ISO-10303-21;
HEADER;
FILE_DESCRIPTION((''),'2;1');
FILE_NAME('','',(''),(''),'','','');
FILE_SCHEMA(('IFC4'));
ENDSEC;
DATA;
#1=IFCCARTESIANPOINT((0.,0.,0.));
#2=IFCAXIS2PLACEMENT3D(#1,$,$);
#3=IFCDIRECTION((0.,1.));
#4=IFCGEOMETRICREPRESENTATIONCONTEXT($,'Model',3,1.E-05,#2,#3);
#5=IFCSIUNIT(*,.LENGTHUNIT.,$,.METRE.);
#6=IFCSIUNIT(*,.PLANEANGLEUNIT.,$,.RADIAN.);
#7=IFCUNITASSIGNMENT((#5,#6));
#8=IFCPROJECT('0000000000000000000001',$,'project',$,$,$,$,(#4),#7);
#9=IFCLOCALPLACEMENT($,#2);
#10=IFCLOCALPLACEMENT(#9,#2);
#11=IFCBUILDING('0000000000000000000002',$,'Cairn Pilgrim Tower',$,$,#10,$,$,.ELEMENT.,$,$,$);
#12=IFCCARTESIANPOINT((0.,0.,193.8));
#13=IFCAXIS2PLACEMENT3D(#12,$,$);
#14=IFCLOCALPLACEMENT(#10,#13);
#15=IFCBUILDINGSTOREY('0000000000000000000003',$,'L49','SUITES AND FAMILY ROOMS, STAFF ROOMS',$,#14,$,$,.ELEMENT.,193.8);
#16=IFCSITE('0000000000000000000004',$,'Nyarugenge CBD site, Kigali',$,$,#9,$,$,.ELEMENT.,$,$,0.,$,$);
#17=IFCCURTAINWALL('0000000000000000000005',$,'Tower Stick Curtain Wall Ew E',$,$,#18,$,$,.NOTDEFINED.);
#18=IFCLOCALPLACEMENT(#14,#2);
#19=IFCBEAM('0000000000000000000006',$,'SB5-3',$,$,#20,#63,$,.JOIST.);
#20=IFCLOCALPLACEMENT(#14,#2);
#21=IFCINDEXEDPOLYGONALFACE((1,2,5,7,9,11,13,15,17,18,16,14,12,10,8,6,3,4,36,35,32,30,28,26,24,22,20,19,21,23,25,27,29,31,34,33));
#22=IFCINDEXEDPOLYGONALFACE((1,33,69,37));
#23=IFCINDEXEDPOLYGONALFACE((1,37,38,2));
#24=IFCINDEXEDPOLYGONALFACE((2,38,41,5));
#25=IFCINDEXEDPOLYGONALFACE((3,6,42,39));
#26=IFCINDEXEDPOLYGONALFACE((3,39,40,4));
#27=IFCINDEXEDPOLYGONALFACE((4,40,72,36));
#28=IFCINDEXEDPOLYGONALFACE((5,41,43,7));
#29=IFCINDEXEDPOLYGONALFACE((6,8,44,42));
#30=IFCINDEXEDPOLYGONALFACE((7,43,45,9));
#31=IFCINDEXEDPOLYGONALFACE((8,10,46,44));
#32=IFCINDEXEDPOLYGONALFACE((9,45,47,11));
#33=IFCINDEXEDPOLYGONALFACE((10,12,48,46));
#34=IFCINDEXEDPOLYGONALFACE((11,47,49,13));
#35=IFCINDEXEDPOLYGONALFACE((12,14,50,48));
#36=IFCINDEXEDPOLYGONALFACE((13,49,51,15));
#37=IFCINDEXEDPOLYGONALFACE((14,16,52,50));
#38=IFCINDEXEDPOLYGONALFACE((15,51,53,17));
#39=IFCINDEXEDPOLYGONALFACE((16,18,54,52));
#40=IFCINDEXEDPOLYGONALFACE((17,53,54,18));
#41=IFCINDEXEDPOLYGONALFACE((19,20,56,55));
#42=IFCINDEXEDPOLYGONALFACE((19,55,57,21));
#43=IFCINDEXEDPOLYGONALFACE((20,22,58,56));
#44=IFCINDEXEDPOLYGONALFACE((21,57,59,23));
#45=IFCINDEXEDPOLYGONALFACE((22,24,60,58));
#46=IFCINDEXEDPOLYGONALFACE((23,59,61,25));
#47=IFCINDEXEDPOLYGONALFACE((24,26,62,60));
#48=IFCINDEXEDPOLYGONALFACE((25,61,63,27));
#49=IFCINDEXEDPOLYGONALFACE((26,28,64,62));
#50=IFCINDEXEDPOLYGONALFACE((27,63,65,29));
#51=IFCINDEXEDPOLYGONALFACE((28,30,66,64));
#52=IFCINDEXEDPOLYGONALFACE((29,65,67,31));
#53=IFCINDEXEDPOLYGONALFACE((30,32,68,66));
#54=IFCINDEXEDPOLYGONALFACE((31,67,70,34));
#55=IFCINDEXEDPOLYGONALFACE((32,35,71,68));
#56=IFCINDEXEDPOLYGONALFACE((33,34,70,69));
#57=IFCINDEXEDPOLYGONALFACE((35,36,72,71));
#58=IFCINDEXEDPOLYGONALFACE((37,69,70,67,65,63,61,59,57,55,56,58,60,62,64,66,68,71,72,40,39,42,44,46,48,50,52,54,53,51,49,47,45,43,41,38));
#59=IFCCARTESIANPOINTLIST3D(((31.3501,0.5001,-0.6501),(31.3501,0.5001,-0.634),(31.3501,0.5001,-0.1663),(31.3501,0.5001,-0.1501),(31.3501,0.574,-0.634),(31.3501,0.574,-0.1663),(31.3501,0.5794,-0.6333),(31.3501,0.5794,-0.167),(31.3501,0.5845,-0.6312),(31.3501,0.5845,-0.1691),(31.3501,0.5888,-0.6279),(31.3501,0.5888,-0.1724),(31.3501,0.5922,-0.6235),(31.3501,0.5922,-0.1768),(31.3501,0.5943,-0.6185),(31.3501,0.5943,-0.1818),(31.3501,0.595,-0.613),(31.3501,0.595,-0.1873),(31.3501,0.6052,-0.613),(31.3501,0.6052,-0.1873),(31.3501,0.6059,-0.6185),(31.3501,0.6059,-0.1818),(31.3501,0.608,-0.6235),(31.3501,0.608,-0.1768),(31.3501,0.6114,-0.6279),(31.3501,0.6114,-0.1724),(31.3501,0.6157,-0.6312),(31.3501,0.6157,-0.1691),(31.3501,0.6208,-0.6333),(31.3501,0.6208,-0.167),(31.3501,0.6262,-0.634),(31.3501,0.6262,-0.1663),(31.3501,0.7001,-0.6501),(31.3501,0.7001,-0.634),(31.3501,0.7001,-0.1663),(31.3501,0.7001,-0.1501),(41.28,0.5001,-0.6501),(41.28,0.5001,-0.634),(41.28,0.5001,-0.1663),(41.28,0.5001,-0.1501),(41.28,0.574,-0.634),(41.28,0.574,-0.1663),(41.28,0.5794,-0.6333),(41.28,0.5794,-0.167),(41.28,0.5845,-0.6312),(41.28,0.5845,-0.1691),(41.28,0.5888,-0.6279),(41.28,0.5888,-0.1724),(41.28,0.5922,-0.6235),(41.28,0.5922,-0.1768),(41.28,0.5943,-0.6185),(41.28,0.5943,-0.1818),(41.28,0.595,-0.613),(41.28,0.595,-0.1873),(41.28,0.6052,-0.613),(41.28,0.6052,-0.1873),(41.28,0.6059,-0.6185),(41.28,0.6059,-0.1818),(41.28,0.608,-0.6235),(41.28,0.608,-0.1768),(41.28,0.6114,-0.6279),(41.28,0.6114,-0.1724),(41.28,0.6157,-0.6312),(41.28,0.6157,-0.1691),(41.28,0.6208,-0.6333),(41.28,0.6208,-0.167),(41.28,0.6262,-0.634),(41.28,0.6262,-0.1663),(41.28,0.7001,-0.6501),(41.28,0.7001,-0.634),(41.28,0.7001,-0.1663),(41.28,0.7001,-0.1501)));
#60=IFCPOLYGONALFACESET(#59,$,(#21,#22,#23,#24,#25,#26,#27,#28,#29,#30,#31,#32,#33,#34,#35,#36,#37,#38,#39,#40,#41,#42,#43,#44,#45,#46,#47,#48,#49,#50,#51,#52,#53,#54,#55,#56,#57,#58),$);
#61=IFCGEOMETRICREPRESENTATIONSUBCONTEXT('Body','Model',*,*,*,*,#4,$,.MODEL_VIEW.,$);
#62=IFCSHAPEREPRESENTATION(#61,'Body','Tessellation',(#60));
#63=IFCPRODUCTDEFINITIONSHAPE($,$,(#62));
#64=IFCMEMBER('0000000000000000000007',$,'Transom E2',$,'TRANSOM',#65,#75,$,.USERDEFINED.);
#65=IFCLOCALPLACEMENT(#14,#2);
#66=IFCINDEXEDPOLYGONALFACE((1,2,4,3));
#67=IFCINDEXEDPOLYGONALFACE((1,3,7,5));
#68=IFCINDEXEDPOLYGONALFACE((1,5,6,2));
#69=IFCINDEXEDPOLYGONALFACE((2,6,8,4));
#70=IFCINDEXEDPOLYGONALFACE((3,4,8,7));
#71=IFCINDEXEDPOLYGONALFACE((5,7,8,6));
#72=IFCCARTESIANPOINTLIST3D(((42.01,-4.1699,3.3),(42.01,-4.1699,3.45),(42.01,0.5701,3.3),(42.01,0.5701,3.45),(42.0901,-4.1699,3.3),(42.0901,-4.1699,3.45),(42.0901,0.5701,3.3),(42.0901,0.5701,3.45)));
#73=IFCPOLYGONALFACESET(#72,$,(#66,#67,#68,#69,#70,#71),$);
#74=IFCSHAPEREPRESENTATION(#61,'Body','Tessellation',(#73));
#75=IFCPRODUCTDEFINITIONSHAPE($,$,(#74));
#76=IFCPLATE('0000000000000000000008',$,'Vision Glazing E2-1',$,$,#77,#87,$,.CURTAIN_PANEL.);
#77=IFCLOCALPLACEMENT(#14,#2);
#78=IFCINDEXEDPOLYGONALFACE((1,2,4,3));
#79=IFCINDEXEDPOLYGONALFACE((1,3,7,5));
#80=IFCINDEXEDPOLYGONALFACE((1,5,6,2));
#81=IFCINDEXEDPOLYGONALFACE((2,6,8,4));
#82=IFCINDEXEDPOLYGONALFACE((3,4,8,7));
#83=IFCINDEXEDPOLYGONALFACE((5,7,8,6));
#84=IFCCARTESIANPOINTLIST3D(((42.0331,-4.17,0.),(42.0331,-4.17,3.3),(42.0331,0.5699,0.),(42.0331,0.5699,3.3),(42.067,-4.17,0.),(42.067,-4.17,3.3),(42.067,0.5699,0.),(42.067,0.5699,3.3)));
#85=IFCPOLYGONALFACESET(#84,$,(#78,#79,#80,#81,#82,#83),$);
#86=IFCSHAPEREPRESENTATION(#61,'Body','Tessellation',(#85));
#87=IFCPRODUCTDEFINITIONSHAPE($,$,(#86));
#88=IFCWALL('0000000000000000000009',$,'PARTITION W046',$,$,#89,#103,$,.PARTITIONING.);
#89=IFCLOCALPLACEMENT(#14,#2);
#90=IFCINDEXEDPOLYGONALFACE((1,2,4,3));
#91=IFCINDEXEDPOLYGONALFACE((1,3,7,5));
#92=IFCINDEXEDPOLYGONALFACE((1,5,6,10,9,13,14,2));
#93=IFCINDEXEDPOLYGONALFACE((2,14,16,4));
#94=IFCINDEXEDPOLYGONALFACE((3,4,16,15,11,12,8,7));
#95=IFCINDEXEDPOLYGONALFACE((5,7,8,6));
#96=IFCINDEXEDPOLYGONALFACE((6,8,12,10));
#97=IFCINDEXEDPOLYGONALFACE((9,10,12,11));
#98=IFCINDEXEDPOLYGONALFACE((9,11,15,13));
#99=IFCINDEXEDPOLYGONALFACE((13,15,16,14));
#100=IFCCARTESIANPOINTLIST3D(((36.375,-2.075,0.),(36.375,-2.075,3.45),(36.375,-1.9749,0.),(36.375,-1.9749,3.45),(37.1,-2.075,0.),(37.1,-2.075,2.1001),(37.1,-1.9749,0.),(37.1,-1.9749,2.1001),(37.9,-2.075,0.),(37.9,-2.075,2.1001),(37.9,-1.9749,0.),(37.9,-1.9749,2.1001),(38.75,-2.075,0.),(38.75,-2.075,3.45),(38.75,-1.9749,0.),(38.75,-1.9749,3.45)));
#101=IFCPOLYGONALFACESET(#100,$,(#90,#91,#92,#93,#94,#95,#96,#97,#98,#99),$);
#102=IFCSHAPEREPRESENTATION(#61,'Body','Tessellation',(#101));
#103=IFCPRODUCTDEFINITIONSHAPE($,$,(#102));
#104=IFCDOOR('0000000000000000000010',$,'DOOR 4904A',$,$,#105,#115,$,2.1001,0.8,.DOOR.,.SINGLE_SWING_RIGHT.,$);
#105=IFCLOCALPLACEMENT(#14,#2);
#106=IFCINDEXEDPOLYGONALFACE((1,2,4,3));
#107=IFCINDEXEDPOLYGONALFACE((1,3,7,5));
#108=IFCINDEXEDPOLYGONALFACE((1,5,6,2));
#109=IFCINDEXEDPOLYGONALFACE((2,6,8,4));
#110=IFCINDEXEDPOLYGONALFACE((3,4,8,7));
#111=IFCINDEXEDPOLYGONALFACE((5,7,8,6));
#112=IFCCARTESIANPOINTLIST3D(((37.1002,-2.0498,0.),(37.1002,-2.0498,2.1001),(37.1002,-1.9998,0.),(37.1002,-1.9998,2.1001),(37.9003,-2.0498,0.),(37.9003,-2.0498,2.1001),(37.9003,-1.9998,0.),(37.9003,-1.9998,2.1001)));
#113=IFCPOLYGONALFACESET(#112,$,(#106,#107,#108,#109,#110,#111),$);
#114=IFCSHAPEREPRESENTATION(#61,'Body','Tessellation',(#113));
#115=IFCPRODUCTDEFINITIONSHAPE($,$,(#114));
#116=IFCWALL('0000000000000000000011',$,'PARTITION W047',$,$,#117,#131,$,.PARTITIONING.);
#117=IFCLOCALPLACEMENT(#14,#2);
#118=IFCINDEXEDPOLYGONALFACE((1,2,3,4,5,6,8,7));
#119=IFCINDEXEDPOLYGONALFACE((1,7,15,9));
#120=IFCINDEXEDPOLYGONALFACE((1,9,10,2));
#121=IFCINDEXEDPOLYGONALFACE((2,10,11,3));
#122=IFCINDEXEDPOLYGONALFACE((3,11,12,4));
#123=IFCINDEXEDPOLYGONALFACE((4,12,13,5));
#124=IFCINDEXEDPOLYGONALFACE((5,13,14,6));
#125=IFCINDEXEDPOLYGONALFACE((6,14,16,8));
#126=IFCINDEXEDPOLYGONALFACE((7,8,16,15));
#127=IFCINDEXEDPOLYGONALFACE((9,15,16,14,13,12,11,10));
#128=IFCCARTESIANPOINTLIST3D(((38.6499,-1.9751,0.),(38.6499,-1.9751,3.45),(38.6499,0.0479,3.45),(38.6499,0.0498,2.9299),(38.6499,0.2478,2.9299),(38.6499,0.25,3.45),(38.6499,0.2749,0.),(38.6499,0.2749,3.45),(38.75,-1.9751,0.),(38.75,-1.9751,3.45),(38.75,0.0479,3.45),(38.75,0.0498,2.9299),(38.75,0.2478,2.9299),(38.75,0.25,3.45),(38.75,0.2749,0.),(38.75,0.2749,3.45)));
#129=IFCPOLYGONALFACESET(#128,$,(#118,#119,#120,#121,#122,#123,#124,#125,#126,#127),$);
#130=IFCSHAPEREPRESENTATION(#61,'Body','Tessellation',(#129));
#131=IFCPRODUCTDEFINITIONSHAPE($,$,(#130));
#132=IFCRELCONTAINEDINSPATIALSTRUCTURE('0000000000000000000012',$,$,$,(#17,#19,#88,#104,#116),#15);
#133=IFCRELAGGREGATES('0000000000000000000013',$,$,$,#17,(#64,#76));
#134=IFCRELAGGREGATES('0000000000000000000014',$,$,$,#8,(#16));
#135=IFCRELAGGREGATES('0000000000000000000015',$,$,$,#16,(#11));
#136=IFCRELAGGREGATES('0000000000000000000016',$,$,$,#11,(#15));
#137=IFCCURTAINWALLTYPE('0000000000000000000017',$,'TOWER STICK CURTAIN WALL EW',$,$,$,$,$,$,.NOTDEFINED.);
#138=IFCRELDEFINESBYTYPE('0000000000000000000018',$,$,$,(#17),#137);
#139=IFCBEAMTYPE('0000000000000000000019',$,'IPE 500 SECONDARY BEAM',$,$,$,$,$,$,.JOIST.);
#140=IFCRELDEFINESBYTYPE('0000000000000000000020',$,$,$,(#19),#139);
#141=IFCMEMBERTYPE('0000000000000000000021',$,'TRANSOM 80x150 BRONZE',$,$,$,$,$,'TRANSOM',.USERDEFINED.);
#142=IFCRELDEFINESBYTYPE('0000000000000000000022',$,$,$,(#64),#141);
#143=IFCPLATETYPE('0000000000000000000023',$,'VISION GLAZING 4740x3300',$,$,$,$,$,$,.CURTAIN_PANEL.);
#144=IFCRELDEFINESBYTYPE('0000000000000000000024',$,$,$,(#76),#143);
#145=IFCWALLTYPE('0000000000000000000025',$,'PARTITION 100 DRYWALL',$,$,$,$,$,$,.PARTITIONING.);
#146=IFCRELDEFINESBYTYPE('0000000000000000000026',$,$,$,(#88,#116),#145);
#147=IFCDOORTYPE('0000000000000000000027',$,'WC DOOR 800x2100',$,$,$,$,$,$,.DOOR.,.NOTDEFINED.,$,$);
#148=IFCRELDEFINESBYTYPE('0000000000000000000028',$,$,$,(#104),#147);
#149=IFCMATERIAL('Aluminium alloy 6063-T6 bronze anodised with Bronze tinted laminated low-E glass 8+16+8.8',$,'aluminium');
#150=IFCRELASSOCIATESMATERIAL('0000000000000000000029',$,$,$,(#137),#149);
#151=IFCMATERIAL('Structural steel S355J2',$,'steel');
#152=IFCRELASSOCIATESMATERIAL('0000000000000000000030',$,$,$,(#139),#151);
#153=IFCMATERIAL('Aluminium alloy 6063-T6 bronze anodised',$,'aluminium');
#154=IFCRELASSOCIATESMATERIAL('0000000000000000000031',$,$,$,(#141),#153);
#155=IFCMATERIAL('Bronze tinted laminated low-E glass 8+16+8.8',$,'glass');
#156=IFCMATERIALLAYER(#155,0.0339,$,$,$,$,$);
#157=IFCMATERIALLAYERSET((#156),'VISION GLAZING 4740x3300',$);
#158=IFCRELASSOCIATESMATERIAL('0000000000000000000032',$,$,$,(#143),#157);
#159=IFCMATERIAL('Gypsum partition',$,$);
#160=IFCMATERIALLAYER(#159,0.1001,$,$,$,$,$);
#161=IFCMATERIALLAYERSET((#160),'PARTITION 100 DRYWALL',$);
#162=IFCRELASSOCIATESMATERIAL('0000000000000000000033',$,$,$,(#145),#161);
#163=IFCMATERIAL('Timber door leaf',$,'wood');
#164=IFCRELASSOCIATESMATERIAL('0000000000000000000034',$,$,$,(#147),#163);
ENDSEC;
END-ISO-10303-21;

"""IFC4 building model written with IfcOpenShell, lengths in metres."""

from ifc_helpers import new_model, si_unit, direction, frame, frame_2d, origin, origin_2d, place, context, subcontext, project, spatial, polyline, rectangle, i_section, outline, extrude, material, layer, layer_set, material_profile, profile_set, type_object, element, fill, aggregate, save


model = new_model("IFC4")

# Units and contexts
model_context = context("Model", 3, precision=1e-05, world=origin(), true_north=direction((0.0, 1.0)))
body_context = subcontext(model_context, "Body", "Model", "MODEL_VIEW")
ifc_project = project(units=[si_unit("LENGTHUNIT", "METRE"), si_unit("PLANEANGLEUNIT", "RADIAN")], contexts=[model_context])

# Site, building, storey
site_placement = place(None, origin())
site = spatial("IfcSite", under=ifc_project, at=site_placement, Name="Nyarugenge CBD site, Kigali", CompositionType="ELEMENT", RefElevation=0.0)
building_placement = place(site_placement, origin())
building = spatial("IfcBuilding", under=site, at=building_placement, Name="Cairn Pilgrim Tower", CompositionType="ELEMENT")
storey_placement = place(building_placement, frame((0.0, 0.0, 193.8)))
storey = spatial("IfcBuildingStorey", under=building, at=storey_placement, Name="L49", Description="SUITES AND FAMILY ROOMS, STAFF ROOMS", CompositionType="ELEMENT", Elevation=193.8)

# Shared definitions
ifc_material_1 = material(Name="Aluminium alloy 6063-T6 bronze anodised with Bronze tinted laminated low-E glass 8+16+8.8", Category="aluminium")
ifc_material_2 = material(Name="Aluminium alloy 6063-T6 bronze anodised", Category="aluminium")

# Curtain wall
curtain_wall_type_1 = type_object("IfcCurtainWallType", Name="TOWER STICK CURTAIN WALL EW", PredefinedType="NOTDEFINED", material=ifc_material_1)
curtain_wall_1_placement = place(storey_placement, origin())
curtain_wall_1 = element("IfcCurtainWall", 1, at=curtain_wall_1_placement, inside=storey, type_object=curtain_wall_type_1, Name="Tower Stick Curtain Wall Ew E", PredefinedType="NOTDEFINED")

# Beam
ifc_material_3 = material(Name="Structural steel S355J2", Category="steel")
ifc_material_profile_1 = material_profile(ifc_material_3, i_section(OverallWidth=0.2, OverallDepth=0.5, WebThickness=0.0103, FlangeThickness=0.0161, FilletRadius=0.021, at=origin_2d()), Name="IPE 500")
ifc_profile_set_1 = profile_set([ifc_material_profile_1], Name="Structural steel S355J2")
beam_type_1 = type_object("IfcBeamType", Name="IPE 500 SECONDARY BEAM", PredefinedType="JOIST", material=ifc_profile_set_1)
for number, where, z_axis, x_axis, name in (
    (2, (31.3501, 0.6001, -0.4001), (1.0, 0.0, 0.0), (0.0, 1.0, 0.0), "SB5-3"),
):
    element("IfcBeam", number, at=place(storey_placement, frame(where, z_axis=z_axis, x_axis=x_axis)), inside=storey, type_object=beam_type_1, Name=name, PredefinedType="JOIST", context=body_context, shape_type="SweptSolid", body=[
        extrude(i_section(OverallWidth=0.2, OverallDepth=0.5, WebThickness=0.0103, FlangeThickness=0.0161, FilletRadius=0.021, at=origin_2d()), origin(), (0.0, 0.0, 1.0), 9.9299),
    ])

# Member
ifc_material_profile_2 = material_profile(ifc_material_2, rectangle(XDim=0.0801, YDim=0.1499, at=origin_2d()), Name="TRANSOM 80x150 BRONZE")
ifc_profile_set_2 = profile_set([ifc_material_profile_2], Name="Aluminium alloy 6063-T6 bronze anodised")
member_type_1 = type_object("IfcMemberType", Name="TRANSOM 80x150 BRONZE", ElementType="TRANSOM", PredefinedType="USERDEFINED", material=ifc_profile_set_2)
member_1_placement = place(storey_placement, frame((42.05, -4.1699, 3.375), z_axis=(0.0, 1.0, 0.0), x_axis=(-1.0, 0.0, 0.0)))
member_1 = element("IfcMember", 3, at=member_1_placement, type_object=member_type_1, Name="Transom E2", ObjectType="TRANSOM", PredefinedType="USERDEFINED", context=body_context, shape_type="SweptSolid", body=[
    extrude(rectangle(XDim=0.0801, YDim=0.1499, at=origin_2d()), origin(), (0.0, 0.0, 1.0), 4.74),
])

# Plate
ifc_material_4 = material(Name="Bronze tinted laminated low-E glass 8+16+8.8", Category="glass")
ifc_layer_1 = layer(ifc_material_4, 0.0339)
ifc_layer_set_1 = layer_set([ifc_layer_1], Name="VISION GLAZING 4740x3300")
plate_type = type_object("IfcPlateType", Name="VISION GLAZING 4740x3300", PredefinedType="CURTAIN_PANEL", material=ifc_layer_set_1)
plate_placement = place(storey_placement, frame((42.05, -1.8, 0.0), z_axis=(0.0, 0.0, 1.0), x_axis=(0.0, 1.0, 0.0)))
plate = element("IfcPlate", 4, at=plate_placement, type_object=plate_type, Name="Vision Glazing E2-1", PredefinedType="CURTAIN_PANEL", context=body_context, shape_type="SweptSolid", body=[
    extrude(rectangle(XDim=4.74, YDim=0.0339, at=origin_2d()), origin(), (0.0, 0.0, 1.0), 3.3),
])
aggregate(curtain_wall_1, [member_1, plate])

# Wall, opening, door
ifc_material_5 = material(Name="Gypsum partition")
ifc_layer_2 = layer(ifc_material_5, 0.1001)
ifc_layer_set_2 = layer_set([ifc_layer_2], Name="PARTITION 100 DRYWALL")
wall_type_1 = type_object("IfcWallType", Name="PARTITION 100 DRYWALL", PredefinedType="PARTITIONING", material=ifc_layer_set_2)
wall_1_placement = place(storey_placement, frame((36.375, -2.0249, 0.0), z_axis=(0.0, 0.0, 1.0), x_axis=(1.0, 0.0, 0.0)))
wall_1 = element("IfcWall", 5, at=wall_1_placement, inside=storey, type_object=wall_type_1, Name="PARTITION W046", PredefinedType="PARTITIONING", context=body_context, shape_type="SweptSolid", body=[
    extrude(rectangle(XDim=2.375, YDim=0.1001, at=frame_2d((1.1875, 0.0))), origin(), (0.0, 0.0, 1.0), 3.45),
])
opening_1_placement = place(wall_1_placement, frame((0.7251, 0.0, 0.0)))
opening_1 = element("IfcOpeningElement", 6, at=opening_1_placement, cuts=wall_1, PredefinedType="OPENING", context=body_context, shape_type="SweptSolid", body=[
    extrude(rectangle(XDim=0.8, YDim=2.1001, at=frame_2d((0.3999, 1.05))), frame((0.0, 0.0601, 0.0), z_axis=(0.0, -1.0, 0.0), x_axis=(1.0, 0.0, 0.0)), (0.0, 0.0, 1.0), 0.1201),
])
ifc_material_6 = material(Name="Timber door leaf", Category="wood")
door_type_1 = type_object("IfcDoorType", Name="WC DOOR 800x2100", OperationType="NOTDEFINED", PredefinedType="DOOR", material=ifc_material_6)
door_1_placement = place(opening_1_placement, frame((0.8, 0.0, 0.0), z_axis=(0.0, 0.0, 1.0), x_axis=(-1.0, 0.0, 0.0)))
door_1 = element("IfcDoor", 7, at=door_1_placement, inside=storey, type_object=door_type_1, Name="DOOR 4904A", OperationType="SINGLE_SWING_RIGHT", OverallHeight=2.1001, OverallWidth=0.8, PredefinedType="DOOR", context=body_context, shape_type="SweptSolid", body=[
    extrude(rectangle(XDim=0.8, YDim=2.1001, at=frame_2d((0.3999, 1.05))), frame((0.0, 0.0249, 0.0), z_axis=(0.0, -1.0, 0.0), x_axis=(1.0, 0.0, 0.0)), (0.0, 0.0, 1.0), 0.05),
])
fill(opening_1, door_1)

# Wall
wall_2_placement = place(storey_placement, frame((38.7, -1.9751, 0.0), z_axis=(0.0, 0.0, 1.0), x_axis=(0.0, 1.0, 0.0)))
element("IfcWall", 8, at=wall_2_placement, inside=storey, type_object=wall_type_1, Name="PARTITION W047", PredefinedType="PARTITIONING", context=body_context, shape_type="SweptSolid", body=[
    extrude(outline(polyline([(0.0, 0.0), (2.25, 0.0), (2.25, 3.45), (2.2251, 3.45), (2.2229, 2.9299), (2.0249, 2.9299), (2.0229, 3.45), (0.0, 3.45), (0.0, 0.0)])), frame((0.0, 0.05, 0.0), z_axis=(0.0, -1.0, 0.0), x_axis=(1.0, 0.0, 0.0)), (0.0, 0.0, 1.0), 0.1001),
])

save(model, "model.ifc")
